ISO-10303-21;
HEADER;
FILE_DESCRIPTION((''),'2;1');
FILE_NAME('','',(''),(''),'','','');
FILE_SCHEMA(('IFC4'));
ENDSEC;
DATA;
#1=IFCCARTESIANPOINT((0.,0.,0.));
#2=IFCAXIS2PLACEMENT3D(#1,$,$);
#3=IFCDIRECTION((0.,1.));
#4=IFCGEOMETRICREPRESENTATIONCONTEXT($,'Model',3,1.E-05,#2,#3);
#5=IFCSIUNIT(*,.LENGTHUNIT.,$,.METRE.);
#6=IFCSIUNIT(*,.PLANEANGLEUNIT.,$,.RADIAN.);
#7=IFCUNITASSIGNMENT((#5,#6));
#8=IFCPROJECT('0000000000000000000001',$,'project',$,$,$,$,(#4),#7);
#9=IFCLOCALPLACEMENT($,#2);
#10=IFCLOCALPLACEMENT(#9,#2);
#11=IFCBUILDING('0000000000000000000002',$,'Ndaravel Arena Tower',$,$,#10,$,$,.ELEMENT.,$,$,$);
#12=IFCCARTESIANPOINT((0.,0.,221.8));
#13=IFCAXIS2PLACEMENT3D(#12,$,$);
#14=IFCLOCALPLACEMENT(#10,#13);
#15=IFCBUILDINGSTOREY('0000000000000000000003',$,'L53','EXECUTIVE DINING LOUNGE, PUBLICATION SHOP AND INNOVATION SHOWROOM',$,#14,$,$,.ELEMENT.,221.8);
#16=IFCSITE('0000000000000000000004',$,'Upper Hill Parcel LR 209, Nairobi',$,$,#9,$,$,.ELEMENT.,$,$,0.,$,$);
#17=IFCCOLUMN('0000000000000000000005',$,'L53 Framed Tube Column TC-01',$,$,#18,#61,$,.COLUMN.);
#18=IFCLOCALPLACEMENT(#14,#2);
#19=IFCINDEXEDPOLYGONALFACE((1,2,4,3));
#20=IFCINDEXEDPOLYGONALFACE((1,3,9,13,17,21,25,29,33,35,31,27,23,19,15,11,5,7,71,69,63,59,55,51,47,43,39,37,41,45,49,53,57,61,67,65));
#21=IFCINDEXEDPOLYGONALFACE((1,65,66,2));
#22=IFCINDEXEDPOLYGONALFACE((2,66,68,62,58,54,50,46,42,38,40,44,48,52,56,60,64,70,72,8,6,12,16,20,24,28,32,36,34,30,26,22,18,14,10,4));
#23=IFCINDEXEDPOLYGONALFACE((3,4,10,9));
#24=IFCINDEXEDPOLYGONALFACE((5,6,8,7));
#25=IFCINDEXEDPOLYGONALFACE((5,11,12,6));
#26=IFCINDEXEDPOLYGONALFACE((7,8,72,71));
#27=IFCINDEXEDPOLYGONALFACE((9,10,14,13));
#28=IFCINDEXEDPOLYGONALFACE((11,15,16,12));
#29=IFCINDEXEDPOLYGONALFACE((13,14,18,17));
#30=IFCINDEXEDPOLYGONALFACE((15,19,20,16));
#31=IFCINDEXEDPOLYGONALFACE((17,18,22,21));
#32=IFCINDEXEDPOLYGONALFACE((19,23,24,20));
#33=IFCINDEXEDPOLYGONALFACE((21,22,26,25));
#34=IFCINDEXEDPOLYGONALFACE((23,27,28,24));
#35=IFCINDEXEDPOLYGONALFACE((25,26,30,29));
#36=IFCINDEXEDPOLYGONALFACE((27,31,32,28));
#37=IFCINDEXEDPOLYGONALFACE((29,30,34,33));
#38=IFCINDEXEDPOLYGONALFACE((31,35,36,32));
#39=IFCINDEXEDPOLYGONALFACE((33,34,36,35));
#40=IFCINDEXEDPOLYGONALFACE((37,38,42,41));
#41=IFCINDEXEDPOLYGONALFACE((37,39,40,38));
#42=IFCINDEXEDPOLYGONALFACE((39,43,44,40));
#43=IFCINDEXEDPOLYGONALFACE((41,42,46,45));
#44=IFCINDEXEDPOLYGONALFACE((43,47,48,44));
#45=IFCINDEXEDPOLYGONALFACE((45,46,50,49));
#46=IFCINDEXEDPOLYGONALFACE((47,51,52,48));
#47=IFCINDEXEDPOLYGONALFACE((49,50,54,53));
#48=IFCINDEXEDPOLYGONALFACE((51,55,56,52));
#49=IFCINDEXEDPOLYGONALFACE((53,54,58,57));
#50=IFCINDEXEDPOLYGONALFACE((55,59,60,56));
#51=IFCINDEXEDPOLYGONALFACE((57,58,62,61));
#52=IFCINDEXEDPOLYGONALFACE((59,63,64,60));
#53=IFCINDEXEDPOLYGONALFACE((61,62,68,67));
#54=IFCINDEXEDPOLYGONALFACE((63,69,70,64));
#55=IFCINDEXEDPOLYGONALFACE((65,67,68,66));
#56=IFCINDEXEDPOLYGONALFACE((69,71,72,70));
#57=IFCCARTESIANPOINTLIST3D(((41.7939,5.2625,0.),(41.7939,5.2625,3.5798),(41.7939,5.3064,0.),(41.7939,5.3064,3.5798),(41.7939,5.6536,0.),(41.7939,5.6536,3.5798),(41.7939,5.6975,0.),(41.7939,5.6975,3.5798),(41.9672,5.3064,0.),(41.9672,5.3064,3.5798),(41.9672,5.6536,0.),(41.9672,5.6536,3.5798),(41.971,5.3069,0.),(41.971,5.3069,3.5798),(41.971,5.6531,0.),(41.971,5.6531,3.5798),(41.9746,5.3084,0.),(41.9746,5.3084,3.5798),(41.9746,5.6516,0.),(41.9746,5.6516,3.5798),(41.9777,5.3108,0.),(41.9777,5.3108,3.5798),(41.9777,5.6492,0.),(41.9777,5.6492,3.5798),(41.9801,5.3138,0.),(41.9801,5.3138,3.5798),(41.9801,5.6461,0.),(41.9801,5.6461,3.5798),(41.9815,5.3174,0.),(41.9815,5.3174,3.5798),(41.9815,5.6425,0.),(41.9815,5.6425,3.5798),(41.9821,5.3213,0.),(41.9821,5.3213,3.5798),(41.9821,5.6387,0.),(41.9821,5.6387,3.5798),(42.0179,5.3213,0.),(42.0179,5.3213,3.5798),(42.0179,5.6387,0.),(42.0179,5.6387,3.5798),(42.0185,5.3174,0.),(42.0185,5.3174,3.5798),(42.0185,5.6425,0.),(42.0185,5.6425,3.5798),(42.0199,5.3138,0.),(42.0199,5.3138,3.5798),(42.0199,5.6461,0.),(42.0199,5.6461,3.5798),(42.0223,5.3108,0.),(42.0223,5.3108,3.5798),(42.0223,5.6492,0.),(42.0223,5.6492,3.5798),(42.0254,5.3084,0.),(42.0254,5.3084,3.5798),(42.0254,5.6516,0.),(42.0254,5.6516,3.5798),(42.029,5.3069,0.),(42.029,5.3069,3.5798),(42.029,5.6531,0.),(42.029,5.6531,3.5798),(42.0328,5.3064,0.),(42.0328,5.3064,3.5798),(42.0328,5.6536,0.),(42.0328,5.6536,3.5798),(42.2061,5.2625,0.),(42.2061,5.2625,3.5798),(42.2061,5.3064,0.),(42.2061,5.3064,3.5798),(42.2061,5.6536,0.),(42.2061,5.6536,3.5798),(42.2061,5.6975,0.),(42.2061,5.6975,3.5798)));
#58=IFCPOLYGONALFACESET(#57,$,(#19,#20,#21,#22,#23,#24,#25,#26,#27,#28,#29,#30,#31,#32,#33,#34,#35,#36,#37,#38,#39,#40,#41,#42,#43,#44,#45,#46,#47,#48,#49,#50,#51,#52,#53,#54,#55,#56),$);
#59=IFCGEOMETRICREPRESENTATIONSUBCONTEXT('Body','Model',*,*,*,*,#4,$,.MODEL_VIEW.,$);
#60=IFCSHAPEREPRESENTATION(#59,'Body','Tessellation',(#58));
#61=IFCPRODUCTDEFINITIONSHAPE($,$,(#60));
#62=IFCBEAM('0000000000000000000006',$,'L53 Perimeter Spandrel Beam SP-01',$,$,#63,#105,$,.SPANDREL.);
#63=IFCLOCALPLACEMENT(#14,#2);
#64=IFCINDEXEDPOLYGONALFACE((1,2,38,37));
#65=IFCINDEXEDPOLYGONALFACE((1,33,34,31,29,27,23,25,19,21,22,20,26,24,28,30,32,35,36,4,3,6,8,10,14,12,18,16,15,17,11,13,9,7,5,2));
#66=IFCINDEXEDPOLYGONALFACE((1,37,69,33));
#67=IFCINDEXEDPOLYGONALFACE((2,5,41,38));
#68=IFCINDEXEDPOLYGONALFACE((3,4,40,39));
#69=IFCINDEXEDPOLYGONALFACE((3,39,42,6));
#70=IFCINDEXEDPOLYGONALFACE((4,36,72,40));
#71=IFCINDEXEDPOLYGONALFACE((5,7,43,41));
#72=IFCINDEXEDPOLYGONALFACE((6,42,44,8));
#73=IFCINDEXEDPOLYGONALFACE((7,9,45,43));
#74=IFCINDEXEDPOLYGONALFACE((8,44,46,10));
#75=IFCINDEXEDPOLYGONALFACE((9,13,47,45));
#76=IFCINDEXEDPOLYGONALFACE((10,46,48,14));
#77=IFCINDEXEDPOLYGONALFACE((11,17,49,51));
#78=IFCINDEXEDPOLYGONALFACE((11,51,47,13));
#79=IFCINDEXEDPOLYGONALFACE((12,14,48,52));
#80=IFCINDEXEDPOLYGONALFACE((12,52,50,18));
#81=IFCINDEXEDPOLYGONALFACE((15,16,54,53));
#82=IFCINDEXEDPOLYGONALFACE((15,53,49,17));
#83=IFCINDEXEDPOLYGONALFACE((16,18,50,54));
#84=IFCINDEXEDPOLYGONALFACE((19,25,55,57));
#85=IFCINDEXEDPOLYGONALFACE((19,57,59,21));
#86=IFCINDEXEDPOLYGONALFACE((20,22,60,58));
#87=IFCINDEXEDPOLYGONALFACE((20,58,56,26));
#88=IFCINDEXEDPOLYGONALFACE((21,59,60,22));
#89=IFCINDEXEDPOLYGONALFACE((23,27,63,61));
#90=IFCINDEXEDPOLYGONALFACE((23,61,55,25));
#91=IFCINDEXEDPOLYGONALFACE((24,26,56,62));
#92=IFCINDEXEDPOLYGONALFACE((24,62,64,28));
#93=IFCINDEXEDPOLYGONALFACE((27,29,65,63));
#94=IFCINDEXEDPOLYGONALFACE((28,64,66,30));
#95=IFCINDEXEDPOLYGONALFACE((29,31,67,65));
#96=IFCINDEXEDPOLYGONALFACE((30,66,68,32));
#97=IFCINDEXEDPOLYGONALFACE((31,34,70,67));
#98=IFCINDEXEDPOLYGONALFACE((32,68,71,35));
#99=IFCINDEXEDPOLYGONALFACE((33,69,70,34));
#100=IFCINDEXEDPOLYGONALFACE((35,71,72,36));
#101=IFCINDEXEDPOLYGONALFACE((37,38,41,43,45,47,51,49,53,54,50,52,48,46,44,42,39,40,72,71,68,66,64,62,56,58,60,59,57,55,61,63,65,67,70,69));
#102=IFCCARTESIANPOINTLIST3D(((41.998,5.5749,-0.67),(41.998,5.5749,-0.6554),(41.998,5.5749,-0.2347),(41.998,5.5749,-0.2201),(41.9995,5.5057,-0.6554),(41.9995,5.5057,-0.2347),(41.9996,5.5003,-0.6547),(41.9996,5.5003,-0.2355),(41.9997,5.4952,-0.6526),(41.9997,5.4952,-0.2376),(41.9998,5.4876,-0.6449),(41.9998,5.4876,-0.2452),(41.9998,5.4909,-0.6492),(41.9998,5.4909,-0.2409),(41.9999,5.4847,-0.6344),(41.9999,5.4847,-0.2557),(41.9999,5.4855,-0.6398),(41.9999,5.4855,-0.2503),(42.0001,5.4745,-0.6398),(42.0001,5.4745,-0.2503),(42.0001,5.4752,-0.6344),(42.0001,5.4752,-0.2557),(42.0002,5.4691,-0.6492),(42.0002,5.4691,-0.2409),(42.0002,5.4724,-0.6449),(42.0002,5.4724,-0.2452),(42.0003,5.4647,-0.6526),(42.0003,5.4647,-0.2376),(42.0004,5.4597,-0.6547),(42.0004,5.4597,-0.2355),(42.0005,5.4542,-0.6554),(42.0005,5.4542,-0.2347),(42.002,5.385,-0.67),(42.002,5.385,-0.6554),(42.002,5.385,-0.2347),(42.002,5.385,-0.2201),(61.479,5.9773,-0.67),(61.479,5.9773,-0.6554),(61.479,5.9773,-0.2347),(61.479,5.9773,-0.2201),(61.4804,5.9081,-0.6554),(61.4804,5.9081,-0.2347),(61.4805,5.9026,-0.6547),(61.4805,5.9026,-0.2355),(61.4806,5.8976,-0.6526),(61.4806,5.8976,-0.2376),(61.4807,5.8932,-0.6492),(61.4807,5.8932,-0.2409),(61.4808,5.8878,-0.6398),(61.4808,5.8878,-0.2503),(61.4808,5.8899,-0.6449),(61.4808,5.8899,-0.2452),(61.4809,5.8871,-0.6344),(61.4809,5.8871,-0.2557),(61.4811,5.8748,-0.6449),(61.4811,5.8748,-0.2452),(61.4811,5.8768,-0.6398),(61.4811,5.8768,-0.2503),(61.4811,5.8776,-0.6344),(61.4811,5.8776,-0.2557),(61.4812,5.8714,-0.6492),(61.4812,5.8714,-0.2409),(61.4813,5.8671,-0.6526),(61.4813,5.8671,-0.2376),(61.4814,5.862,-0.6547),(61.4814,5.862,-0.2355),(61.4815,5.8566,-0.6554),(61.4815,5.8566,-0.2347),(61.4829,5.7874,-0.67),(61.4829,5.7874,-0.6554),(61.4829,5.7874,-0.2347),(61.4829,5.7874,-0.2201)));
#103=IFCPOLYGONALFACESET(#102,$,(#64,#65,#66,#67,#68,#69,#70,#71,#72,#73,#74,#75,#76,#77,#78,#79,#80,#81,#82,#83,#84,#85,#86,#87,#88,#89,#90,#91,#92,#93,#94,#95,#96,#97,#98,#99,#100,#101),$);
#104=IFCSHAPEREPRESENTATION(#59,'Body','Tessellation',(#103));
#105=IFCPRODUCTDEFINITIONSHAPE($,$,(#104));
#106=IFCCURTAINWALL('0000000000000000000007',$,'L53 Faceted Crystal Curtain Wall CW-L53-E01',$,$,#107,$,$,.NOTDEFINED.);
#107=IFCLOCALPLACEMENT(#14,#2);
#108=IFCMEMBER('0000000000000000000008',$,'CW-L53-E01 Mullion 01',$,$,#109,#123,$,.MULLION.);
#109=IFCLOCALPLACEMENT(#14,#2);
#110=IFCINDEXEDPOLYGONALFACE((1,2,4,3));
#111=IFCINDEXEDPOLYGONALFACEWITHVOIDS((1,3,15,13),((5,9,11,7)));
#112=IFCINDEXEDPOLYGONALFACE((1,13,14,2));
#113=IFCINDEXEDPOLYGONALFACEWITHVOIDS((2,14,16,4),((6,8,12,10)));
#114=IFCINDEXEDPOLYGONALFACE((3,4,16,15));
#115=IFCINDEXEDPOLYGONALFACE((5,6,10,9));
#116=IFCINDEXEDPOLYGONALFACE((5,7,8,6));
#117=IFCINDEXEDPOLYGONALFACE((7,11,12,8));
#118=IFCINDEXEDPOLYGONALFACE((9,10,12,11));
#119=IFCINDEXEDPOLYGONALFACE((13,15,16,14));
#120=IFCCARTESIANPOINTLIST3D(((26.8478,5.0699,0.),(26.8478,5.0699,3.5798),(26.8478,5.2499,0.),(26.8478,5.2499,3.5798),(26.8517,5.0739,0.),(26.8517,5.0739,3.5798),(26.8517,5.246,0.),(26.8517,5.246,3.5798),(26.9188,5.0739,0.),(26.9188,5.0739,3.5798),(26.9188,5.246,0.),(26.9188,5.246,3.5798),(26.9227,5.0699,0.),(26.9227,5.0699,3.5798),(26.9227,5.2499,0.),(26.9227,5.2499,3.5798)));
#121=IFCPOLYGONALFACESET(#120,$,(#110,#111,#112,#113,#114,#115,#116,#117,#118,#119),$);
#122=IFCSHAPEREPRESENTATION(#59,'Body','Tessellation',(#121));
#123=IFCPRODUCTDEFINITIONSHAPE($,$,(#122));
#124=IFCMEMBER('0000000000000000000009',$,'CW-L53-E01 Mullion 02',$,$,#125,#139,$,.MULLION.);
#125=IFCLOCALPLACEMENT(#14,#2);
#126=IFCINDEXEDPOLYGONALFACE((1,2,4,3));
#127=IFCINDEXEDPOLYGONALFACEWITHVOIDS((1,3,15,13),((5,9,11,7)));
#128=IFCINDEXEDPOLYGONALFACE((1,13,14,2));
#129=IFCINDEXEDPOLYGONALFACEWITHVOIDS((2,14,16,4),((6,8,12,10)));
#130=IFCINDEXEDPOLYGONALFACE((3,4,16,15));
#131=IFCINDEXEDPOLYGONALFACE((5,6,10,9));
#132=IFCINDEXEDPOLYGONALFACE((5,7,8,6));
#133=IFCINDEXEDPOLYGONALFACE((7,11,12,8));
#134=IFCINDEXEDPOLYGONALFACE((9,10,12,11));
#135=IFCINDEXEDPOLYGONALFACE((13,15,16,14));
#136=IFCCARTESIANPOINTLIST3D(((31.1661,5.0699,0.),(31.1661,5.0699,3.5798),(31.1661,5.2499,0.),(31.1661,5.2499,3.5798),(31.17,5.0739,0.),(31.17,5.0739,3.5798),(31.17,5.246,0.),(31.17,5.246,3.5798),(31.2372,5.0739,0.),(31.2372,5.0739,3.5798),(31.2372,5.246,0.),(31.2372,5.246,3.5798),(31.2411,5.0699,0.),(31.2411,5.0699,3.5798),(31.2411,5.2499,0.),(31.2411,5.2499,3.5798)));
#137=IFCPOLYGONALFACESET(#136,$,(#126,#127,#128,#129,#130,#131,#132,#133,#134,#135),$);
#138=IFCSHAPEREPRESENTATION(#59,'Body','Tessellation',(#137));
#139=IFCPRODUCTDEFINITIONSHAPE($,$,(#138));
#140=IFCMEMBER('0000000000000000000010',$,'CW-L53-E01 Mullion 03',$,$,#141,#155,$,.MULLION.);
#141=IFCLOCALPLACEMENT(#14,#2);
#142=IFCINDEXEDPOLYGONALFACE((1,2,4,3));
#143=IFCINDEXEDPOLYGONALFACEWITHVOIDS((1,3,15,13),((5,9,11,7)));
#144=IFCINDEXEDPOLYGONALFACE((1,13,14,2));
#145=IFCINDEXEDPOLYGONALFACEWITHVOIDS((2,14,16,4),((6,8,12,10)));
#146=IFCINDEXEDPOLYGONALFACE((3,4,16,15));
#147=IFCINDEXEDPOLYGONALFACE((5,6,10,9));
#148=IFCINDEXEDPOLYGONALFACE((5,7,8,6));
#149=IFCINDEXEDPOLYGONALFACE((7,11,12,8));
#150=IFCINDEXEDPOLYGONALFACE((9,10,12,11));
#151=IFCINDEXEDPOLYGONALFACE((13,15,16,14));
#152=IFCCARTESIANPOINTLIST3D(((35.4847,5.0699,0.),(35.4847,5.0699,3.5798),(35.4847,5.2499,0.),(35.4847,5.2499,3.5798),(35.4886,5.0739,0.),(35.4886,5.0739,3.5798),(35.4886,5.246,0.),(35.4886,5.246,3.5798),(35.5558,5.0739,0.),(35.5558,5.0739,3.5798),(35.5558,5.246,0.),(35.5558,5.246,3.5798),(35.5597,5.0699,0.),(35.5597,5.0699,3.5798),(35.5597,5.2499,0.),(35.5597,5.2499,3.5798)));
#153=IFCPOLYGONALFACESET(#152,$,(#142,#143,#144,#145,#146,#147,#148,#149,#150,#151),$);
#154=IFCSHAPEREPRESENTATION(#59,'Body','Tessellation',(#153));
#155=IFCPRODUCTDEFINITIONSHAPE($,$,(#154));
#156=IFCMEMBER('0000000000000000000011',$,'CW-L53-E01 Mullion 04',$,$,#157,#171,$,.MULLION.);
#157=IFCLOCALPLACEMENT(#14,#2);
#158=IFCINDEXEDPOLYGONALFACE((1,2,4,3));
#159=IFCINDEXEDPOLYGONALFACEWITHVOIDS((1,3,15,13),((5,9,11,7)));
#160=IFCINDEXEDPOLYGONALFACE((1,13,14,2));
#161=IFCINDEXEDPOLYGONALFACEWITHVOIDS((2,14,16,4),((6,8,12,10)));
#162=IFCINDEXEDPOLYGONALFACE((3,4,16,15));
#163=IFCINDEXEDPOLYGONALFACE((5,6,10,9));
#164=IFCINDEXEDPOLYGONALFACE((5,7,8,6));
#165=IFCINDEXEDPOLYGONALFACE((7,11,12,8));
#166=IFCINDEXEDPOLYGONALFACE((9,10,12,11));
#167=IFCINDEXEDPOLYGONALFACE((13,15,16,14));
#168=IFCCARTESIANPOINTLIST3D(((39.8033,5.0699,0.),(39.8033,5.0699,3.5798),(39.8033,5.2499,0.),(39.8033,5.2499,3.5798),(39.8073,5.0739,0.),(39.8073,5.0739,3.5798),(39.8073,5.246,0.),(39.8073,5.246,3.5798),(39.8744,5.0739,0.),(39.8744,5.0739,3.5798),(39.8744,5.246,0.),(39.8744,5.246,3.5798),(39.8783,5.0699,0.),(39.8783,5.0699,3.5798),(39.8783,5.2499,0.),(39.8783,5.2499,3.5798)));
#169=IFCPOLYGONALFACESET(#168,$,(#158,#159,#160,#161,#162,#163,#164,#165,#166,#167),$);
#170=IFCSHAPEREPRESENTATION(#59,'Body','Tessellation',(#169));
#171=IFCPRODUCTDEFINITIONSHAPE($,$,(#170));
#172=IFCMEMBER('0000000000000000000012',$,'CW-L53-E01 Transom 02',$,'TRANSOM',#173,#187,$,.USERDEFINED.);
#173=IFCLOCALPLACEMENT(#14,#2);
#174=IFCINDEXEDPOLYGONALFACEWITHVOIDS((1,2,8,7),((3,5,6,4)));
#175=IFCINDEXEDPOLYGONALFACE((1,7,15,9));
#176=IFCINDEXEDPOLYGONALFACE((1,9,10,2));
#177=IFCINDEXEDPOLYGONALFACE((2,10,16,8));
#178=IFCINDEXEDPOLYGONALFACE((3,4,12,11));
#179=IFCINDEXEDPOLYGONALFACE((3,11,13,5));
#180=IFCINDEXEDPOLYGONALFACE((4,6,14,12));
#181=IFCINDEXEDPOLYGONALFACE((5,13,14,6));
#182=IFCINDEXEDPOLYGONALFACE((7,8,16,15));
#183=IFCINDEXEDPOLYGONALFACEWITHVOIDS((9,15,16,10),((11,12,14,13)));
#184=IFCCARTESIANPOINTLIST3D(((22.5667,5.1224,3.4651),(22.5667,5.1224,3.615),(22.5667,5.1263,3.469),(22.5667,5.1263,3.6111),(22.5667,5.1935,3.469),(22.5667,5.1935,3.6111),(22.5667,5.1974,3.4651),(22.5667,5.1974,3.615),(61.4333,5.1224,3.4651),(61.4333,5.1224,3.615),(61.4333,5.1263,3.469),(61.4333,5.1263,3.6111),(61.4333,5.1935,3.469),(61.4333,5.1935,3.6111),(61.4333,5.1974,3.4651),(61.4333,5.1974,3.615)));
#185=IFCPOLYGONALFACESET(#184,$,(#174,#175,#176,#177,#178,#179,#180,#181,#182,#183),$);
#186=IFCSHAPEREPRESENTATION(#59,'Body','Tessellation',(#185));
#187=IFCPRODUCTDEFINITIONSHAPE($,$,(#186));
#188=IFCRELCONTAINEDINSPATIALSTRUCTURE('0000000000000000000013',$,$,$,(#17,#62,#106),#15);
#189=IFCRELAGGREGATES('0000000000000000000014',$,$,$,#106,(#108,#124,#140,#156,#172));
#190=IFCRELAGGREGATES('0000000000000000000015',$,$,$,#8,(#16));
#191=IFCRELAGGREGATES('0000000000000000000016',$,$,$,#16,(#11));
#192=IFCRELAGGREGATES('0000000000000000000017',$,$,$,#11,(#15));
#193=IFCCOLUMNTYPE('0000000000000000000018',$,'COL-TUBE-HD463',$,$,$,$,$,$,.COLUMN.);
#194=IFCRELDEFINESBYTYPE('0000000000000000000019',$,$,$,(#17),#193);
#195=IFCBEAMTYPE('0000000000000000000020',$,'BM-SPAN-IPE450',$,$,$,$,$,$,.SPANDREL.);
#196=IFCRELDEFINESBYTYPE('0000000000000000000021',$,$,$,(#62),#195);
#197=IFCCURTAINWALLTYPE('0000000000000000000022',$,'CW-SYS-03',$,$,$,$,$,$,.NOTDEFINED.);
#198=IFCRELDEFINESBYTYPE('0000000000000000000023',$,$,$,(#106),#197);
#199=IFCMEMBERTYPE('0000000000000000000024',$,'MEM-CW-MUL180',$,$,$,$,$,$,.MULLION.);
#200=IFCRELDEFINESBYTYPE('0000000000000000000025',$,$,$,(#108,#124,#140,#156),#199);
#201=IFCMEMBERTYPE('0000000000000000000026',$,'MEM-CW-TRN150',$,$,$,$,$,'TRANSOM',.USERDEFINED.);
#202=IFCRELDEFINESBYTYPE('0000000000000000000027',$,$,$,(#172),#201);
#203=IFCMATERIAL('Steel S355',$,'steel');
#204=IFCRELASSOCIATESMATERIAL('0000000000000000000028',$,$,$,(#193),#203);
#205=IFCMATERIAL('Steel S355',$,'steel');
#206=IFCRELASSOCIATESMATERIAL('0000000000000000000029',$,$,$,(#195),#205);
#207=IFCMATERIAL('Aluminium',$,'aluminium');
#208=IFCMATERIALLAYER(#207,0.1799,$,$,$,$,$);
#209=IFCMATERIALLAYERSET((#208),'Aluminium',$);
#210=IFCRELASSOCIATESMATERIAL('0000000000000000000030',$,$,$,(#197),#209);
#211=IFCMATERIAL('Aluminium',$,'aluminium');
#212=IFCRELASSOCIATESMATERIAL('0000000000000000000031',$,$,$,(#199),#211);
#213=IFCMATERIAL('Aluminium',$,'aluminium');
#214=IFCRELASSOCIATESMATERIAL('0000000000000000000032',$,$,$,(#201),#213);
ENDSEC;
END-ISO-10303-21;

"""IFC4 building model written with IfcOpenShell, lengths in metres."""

from ifc_helpers import new_model, si_unit, direction, frame, origin, origin_2d, place, context, subcontext, project, spatial, hollow_rectangle, i_section, extrude, material, layer, layer_set, material_profile, profile_set, type_object, element, aggregate, save


model = new_model("IFC4")

# Units and contexts
model_context = context("Model", 3, precision=1e-05, world=origin(), true_north=direction((0.0, 1.0)))
body_context = subcontext(model_context, "Body", "Model", "MODEL_VIEW")
ifc_project = project(units=[si_unit("LENGTHUNIT", "METRE"), si_unit("PLANEANGLEUNIT", "RADIAN")], contexts=[model_context])

# Site, building, storey
site_placement = place(None, origin())
site = spatial("IfcSite", under=ifc_project, at=site_placement, Name="Upper Hill Parcel LR 209, Nairobi", CompositionType="ELEMENT", RefElevation=0.0)
building_placement = place(site_placement, origin())
building = spatial("IfcBuilding", under=site, at=building_placement, Name="Ndaravel Arena Tower", CompositionType="ELEMENT")
storey_placement = place(building_placement, frame((0.0, 0.0, 221.8)))
storey = spatial("IfcBuildingStorey", under=building, at=storey_placement, Name="L53", Description="EXECUTIVE DINING LOUNGE, PUBLICATION SHOP AND INNOVATION SHOWROOM", CompositionType="ELEMENT", Elevation=221.8)

# Column
ifc_material_1 = material(Name="Steel S355", Category="steel")
ifc_material_profile_1 = material_profile(ifc_material_1, i_section(OverallWidth=0.4121, OverallDepth=0.4351, WebThickness=0.0359, FlangeThickness=0.0439, FilletRadius=0.0149, at=origin_2d()), Name="HD 400x463")
ifc_profile_set_1 = profile_set([ifc_material_profile_1], Name="Steel S355")
column_type = type_object("IfcColumnType", Name="COL-TUBE-HD463", PredefinedType="COLUMN", material=ifc_profile_set_1)
column_placement = place(storey_placement, frame((42.0, 5.48, 0.0), z_axis=(0.0, 0.0, 1.0), x_axis=(1.0, 0.0, 0.0)))
element("IfcColumn", 1, at=column_placement, inside=storey, type_object=column_type, Name="L53 Framed Tube Column TC-01", PredefinedType="COLUMN", context=body_context, shape_type="SweptSolid", body=[
    extrude(i_section(OverallWidth=0.4121, OverallDepth=0.4351, WebThickness=0.0359, FlangeThickness=0.0439, FilletRadius=0.0149, at=origin_2d()), origin(), (0.0, 0.0, 1.0), 3.5798),
])

# Beam
ifc_material_2 = material(Name="Steel S355", Category="steel")
ifc_material_profile_2 = material_profile(ifc_material_2, i_section(OverallWidth=0.1899, OverallDepth=0.45, WebThickness=0.0095, FlangeThickness=0.0146, FilletRadius=0.021, at=origin_2d()), Name="IPE 450")
ifc_profile_set_2 = profile_set([ifc_material_profile_2], Name="Steel S355")
beam_type = type_object("IfcBeamType", Name="BM-SPAN-IPE450", PredefinedType="SPANDREL", material=ifc_profile_set_2)
beam_placement = place(storey_placement, frame((42.0, 5.48, -0.4451), z_axis=(0.999787, 0.020649, 0.0), x_axis=(-0.020649, 0.999787, 0.0)))
element("IfcBeam", 2, at=beam_placement, inside=storey, type_object=beam_type, Name="L53 Perimeter Spandrel Beam SP-01", PredefinedType="SPANDREL", context=body_context, shape_type="SweptSolid", body=[
    extrude(i_section(OverallWidth=0.1899, OverallDepth=0.45, WebThickness=0.0095, FlangeThickness=0.0146, FilletRadius=0.021, at=origin_2d()), origin(), (0.0, 0.0, 1.0), 19.4851),
])

# Curtain wall, members
ifc_material_3 = material(Name="Aluminium", Category="aluminium")
ifc_layer_1 = layer(ifc_material_3, 0.1799)
ifc_layer_set_1 = layer_set([ifc_layer_1], Name="Aluminium")
curtain_wall_type = type_object("IfcCurtainWallType", Name="CW-SYS-03", PredefinedType="NOTDEFINED", material=ifc_layer_set_1)
curtain_wall_placement = place(storey_placement, origin())
curtain_wall = element("IfcCurtainWall", 3, at=curtain_wall_placement, inside=storey, type_object=curtain_wall_type, Name="L53 Faceted Crystal Curtain Wall CW-L53-E01", PredefinedType="NOTDEFINED")
ifc_material_4 = material(Name="Aluminium", Category="aluminium")
ifc_material_profile_3 = material_profile(ifc_material_4, hollow_rectangle(XDim=0.075, YDim=0.1799, WallThickness=0.0039, at=origin_2d()), Name="CW MULLION 75x180x4")
ifc_profile_set_3 = profile_set([ifc_material_profile_3], Name="Aluminium")
member_type_1 = type_object("IfcMemberType", Name="MEM-CW-MUL180", PredefinedType="MULLION", material=ifc_profile_set_3)
member_1_placement = place(storey_placement, frame((26.8853, 5.1599, 0.0), z_axis=(0.0, 0.0, 1.0), x_axis=(1.0, 0.0, 0.0)))
member_1 = element("IfcMember", 4, at=member_1_placement, type_object=member_type_1, Name="CW-L53-E01 Mullion 01", PredefinedType="MULLION", context=body_context, shape_type="SweptSolid", body=[
    extrude(hollow_rectangle(XDim=0.075, YDim=0.1799, WallThickness=0.0039, at=origin_2d()), origin(), (0.0, 0.0, 1.0), 3.5798),
])
member_2_placement = place(storey_placement, frame((31.2036, 5.1599, 0.0), z_axis=(0.0, 0.0, 1.0), x_axis=(1.0, 0.0, 0.0)))
member_2 = element("IfcMember", 5, at=member_2_placement, type_object=member_type_1, Name="CW-L53-E01 Mullion 02", PredefinedType="MULLION", context=body_context, shape_type="SweptSolid", body=[
    extrude(hollow_rectangle(XDim=0.075, YDim=0.1799, WallThickness=0.0039, at=origin_2d()), origin(), (0.0, 0.0, 1.0), 3.5798),
])
member_3_placement = place(storey_placement, frame((35.5222, 5.1599, 0.0), z_axis=(0.0, 0.0, 1.0), x_axis=(1.0, 0.0, 0.0)))
member_3 = element("IfcMember", 6, at=member_3_placement, type_object=member_type_1, Name="CW-L53-E01 Mullion 03", PredefinedType="MULLION", context=body_context, shape_type="SweptSolid", body=[
    extrude(hollow_rectangle(XDim=0.075, YDim=0.1799, WallThickness=0.0039, at=origin_2d()), origin(), (0.0, 0.0, 1.0), 3.5798),
])
member_4_placement = place(storey_placement, frame((39.8408, 5.1599, 0.0), z_axis=(0.0, 0.0, 1.0), x_axis=(1.0, 0.0, 0.0)))
member_4 = element("IfcMember", 7, at=member_4_placement, type_object=member_type_1, Name="CW-L53-E01 Mullion 04", PredefinedType="MULLION", context=body_context, shape_type="SweptSolid", body=[
    extrude(hollow_rectangle(XDim=0.075, YDim=0.1799, WallThickness=0.0039, at=origin_2d()), origin(), (0.0, 0.0, 1.0), 3.5798),
])
ifc_material_5 = material(Name="Aluminium", Category="aluminium")
ifc_material_profile_4 = material_profile(ifc_material_5, hollow_rectangle(XDim=0.075, YDim=0.1499, WallThickness=0.0039, at=origin_2d()), Name="CW TRANSOM 75x150x4")
ifc_profile_set_4 = profile_set([ifc_material_profile_4], Name="Aluminium")
member_type_2 = type_object("IfcMemberType", Name="MEM-CW-TRN150", ElementType="TRANSOM", PredefinedType="USERDEFINED", material=ifc_profile_set_4)
member_5_placement = place(storey_placement, frame((22.5667, 5.1599, 3.54), z_axis=(1.0, 0.0, 0.0), x_axis=(0.0, 1.0, 0.0)))
member_5 = element("IfcMember", 8, at=member_5_placement, type_object=member_type_2, Name="CW-L53-E01 Transom 02", ObjectType="TRANSOM", PredefinedType="USERDEFINED", context=body_context, shape_type="SweptSolid", body=[
    extrude(hollow_rectangle(XDim=0.075, YDim=0.1499, WallThickness=0.0039, at=origin_2d()), origin(), (0.0, 0.0, 1.0), 38.8667),
])
aggregate(curtain_wall, [member_1, member_2, member_3, member_4, member_5])

save(model, "model.ifc")
